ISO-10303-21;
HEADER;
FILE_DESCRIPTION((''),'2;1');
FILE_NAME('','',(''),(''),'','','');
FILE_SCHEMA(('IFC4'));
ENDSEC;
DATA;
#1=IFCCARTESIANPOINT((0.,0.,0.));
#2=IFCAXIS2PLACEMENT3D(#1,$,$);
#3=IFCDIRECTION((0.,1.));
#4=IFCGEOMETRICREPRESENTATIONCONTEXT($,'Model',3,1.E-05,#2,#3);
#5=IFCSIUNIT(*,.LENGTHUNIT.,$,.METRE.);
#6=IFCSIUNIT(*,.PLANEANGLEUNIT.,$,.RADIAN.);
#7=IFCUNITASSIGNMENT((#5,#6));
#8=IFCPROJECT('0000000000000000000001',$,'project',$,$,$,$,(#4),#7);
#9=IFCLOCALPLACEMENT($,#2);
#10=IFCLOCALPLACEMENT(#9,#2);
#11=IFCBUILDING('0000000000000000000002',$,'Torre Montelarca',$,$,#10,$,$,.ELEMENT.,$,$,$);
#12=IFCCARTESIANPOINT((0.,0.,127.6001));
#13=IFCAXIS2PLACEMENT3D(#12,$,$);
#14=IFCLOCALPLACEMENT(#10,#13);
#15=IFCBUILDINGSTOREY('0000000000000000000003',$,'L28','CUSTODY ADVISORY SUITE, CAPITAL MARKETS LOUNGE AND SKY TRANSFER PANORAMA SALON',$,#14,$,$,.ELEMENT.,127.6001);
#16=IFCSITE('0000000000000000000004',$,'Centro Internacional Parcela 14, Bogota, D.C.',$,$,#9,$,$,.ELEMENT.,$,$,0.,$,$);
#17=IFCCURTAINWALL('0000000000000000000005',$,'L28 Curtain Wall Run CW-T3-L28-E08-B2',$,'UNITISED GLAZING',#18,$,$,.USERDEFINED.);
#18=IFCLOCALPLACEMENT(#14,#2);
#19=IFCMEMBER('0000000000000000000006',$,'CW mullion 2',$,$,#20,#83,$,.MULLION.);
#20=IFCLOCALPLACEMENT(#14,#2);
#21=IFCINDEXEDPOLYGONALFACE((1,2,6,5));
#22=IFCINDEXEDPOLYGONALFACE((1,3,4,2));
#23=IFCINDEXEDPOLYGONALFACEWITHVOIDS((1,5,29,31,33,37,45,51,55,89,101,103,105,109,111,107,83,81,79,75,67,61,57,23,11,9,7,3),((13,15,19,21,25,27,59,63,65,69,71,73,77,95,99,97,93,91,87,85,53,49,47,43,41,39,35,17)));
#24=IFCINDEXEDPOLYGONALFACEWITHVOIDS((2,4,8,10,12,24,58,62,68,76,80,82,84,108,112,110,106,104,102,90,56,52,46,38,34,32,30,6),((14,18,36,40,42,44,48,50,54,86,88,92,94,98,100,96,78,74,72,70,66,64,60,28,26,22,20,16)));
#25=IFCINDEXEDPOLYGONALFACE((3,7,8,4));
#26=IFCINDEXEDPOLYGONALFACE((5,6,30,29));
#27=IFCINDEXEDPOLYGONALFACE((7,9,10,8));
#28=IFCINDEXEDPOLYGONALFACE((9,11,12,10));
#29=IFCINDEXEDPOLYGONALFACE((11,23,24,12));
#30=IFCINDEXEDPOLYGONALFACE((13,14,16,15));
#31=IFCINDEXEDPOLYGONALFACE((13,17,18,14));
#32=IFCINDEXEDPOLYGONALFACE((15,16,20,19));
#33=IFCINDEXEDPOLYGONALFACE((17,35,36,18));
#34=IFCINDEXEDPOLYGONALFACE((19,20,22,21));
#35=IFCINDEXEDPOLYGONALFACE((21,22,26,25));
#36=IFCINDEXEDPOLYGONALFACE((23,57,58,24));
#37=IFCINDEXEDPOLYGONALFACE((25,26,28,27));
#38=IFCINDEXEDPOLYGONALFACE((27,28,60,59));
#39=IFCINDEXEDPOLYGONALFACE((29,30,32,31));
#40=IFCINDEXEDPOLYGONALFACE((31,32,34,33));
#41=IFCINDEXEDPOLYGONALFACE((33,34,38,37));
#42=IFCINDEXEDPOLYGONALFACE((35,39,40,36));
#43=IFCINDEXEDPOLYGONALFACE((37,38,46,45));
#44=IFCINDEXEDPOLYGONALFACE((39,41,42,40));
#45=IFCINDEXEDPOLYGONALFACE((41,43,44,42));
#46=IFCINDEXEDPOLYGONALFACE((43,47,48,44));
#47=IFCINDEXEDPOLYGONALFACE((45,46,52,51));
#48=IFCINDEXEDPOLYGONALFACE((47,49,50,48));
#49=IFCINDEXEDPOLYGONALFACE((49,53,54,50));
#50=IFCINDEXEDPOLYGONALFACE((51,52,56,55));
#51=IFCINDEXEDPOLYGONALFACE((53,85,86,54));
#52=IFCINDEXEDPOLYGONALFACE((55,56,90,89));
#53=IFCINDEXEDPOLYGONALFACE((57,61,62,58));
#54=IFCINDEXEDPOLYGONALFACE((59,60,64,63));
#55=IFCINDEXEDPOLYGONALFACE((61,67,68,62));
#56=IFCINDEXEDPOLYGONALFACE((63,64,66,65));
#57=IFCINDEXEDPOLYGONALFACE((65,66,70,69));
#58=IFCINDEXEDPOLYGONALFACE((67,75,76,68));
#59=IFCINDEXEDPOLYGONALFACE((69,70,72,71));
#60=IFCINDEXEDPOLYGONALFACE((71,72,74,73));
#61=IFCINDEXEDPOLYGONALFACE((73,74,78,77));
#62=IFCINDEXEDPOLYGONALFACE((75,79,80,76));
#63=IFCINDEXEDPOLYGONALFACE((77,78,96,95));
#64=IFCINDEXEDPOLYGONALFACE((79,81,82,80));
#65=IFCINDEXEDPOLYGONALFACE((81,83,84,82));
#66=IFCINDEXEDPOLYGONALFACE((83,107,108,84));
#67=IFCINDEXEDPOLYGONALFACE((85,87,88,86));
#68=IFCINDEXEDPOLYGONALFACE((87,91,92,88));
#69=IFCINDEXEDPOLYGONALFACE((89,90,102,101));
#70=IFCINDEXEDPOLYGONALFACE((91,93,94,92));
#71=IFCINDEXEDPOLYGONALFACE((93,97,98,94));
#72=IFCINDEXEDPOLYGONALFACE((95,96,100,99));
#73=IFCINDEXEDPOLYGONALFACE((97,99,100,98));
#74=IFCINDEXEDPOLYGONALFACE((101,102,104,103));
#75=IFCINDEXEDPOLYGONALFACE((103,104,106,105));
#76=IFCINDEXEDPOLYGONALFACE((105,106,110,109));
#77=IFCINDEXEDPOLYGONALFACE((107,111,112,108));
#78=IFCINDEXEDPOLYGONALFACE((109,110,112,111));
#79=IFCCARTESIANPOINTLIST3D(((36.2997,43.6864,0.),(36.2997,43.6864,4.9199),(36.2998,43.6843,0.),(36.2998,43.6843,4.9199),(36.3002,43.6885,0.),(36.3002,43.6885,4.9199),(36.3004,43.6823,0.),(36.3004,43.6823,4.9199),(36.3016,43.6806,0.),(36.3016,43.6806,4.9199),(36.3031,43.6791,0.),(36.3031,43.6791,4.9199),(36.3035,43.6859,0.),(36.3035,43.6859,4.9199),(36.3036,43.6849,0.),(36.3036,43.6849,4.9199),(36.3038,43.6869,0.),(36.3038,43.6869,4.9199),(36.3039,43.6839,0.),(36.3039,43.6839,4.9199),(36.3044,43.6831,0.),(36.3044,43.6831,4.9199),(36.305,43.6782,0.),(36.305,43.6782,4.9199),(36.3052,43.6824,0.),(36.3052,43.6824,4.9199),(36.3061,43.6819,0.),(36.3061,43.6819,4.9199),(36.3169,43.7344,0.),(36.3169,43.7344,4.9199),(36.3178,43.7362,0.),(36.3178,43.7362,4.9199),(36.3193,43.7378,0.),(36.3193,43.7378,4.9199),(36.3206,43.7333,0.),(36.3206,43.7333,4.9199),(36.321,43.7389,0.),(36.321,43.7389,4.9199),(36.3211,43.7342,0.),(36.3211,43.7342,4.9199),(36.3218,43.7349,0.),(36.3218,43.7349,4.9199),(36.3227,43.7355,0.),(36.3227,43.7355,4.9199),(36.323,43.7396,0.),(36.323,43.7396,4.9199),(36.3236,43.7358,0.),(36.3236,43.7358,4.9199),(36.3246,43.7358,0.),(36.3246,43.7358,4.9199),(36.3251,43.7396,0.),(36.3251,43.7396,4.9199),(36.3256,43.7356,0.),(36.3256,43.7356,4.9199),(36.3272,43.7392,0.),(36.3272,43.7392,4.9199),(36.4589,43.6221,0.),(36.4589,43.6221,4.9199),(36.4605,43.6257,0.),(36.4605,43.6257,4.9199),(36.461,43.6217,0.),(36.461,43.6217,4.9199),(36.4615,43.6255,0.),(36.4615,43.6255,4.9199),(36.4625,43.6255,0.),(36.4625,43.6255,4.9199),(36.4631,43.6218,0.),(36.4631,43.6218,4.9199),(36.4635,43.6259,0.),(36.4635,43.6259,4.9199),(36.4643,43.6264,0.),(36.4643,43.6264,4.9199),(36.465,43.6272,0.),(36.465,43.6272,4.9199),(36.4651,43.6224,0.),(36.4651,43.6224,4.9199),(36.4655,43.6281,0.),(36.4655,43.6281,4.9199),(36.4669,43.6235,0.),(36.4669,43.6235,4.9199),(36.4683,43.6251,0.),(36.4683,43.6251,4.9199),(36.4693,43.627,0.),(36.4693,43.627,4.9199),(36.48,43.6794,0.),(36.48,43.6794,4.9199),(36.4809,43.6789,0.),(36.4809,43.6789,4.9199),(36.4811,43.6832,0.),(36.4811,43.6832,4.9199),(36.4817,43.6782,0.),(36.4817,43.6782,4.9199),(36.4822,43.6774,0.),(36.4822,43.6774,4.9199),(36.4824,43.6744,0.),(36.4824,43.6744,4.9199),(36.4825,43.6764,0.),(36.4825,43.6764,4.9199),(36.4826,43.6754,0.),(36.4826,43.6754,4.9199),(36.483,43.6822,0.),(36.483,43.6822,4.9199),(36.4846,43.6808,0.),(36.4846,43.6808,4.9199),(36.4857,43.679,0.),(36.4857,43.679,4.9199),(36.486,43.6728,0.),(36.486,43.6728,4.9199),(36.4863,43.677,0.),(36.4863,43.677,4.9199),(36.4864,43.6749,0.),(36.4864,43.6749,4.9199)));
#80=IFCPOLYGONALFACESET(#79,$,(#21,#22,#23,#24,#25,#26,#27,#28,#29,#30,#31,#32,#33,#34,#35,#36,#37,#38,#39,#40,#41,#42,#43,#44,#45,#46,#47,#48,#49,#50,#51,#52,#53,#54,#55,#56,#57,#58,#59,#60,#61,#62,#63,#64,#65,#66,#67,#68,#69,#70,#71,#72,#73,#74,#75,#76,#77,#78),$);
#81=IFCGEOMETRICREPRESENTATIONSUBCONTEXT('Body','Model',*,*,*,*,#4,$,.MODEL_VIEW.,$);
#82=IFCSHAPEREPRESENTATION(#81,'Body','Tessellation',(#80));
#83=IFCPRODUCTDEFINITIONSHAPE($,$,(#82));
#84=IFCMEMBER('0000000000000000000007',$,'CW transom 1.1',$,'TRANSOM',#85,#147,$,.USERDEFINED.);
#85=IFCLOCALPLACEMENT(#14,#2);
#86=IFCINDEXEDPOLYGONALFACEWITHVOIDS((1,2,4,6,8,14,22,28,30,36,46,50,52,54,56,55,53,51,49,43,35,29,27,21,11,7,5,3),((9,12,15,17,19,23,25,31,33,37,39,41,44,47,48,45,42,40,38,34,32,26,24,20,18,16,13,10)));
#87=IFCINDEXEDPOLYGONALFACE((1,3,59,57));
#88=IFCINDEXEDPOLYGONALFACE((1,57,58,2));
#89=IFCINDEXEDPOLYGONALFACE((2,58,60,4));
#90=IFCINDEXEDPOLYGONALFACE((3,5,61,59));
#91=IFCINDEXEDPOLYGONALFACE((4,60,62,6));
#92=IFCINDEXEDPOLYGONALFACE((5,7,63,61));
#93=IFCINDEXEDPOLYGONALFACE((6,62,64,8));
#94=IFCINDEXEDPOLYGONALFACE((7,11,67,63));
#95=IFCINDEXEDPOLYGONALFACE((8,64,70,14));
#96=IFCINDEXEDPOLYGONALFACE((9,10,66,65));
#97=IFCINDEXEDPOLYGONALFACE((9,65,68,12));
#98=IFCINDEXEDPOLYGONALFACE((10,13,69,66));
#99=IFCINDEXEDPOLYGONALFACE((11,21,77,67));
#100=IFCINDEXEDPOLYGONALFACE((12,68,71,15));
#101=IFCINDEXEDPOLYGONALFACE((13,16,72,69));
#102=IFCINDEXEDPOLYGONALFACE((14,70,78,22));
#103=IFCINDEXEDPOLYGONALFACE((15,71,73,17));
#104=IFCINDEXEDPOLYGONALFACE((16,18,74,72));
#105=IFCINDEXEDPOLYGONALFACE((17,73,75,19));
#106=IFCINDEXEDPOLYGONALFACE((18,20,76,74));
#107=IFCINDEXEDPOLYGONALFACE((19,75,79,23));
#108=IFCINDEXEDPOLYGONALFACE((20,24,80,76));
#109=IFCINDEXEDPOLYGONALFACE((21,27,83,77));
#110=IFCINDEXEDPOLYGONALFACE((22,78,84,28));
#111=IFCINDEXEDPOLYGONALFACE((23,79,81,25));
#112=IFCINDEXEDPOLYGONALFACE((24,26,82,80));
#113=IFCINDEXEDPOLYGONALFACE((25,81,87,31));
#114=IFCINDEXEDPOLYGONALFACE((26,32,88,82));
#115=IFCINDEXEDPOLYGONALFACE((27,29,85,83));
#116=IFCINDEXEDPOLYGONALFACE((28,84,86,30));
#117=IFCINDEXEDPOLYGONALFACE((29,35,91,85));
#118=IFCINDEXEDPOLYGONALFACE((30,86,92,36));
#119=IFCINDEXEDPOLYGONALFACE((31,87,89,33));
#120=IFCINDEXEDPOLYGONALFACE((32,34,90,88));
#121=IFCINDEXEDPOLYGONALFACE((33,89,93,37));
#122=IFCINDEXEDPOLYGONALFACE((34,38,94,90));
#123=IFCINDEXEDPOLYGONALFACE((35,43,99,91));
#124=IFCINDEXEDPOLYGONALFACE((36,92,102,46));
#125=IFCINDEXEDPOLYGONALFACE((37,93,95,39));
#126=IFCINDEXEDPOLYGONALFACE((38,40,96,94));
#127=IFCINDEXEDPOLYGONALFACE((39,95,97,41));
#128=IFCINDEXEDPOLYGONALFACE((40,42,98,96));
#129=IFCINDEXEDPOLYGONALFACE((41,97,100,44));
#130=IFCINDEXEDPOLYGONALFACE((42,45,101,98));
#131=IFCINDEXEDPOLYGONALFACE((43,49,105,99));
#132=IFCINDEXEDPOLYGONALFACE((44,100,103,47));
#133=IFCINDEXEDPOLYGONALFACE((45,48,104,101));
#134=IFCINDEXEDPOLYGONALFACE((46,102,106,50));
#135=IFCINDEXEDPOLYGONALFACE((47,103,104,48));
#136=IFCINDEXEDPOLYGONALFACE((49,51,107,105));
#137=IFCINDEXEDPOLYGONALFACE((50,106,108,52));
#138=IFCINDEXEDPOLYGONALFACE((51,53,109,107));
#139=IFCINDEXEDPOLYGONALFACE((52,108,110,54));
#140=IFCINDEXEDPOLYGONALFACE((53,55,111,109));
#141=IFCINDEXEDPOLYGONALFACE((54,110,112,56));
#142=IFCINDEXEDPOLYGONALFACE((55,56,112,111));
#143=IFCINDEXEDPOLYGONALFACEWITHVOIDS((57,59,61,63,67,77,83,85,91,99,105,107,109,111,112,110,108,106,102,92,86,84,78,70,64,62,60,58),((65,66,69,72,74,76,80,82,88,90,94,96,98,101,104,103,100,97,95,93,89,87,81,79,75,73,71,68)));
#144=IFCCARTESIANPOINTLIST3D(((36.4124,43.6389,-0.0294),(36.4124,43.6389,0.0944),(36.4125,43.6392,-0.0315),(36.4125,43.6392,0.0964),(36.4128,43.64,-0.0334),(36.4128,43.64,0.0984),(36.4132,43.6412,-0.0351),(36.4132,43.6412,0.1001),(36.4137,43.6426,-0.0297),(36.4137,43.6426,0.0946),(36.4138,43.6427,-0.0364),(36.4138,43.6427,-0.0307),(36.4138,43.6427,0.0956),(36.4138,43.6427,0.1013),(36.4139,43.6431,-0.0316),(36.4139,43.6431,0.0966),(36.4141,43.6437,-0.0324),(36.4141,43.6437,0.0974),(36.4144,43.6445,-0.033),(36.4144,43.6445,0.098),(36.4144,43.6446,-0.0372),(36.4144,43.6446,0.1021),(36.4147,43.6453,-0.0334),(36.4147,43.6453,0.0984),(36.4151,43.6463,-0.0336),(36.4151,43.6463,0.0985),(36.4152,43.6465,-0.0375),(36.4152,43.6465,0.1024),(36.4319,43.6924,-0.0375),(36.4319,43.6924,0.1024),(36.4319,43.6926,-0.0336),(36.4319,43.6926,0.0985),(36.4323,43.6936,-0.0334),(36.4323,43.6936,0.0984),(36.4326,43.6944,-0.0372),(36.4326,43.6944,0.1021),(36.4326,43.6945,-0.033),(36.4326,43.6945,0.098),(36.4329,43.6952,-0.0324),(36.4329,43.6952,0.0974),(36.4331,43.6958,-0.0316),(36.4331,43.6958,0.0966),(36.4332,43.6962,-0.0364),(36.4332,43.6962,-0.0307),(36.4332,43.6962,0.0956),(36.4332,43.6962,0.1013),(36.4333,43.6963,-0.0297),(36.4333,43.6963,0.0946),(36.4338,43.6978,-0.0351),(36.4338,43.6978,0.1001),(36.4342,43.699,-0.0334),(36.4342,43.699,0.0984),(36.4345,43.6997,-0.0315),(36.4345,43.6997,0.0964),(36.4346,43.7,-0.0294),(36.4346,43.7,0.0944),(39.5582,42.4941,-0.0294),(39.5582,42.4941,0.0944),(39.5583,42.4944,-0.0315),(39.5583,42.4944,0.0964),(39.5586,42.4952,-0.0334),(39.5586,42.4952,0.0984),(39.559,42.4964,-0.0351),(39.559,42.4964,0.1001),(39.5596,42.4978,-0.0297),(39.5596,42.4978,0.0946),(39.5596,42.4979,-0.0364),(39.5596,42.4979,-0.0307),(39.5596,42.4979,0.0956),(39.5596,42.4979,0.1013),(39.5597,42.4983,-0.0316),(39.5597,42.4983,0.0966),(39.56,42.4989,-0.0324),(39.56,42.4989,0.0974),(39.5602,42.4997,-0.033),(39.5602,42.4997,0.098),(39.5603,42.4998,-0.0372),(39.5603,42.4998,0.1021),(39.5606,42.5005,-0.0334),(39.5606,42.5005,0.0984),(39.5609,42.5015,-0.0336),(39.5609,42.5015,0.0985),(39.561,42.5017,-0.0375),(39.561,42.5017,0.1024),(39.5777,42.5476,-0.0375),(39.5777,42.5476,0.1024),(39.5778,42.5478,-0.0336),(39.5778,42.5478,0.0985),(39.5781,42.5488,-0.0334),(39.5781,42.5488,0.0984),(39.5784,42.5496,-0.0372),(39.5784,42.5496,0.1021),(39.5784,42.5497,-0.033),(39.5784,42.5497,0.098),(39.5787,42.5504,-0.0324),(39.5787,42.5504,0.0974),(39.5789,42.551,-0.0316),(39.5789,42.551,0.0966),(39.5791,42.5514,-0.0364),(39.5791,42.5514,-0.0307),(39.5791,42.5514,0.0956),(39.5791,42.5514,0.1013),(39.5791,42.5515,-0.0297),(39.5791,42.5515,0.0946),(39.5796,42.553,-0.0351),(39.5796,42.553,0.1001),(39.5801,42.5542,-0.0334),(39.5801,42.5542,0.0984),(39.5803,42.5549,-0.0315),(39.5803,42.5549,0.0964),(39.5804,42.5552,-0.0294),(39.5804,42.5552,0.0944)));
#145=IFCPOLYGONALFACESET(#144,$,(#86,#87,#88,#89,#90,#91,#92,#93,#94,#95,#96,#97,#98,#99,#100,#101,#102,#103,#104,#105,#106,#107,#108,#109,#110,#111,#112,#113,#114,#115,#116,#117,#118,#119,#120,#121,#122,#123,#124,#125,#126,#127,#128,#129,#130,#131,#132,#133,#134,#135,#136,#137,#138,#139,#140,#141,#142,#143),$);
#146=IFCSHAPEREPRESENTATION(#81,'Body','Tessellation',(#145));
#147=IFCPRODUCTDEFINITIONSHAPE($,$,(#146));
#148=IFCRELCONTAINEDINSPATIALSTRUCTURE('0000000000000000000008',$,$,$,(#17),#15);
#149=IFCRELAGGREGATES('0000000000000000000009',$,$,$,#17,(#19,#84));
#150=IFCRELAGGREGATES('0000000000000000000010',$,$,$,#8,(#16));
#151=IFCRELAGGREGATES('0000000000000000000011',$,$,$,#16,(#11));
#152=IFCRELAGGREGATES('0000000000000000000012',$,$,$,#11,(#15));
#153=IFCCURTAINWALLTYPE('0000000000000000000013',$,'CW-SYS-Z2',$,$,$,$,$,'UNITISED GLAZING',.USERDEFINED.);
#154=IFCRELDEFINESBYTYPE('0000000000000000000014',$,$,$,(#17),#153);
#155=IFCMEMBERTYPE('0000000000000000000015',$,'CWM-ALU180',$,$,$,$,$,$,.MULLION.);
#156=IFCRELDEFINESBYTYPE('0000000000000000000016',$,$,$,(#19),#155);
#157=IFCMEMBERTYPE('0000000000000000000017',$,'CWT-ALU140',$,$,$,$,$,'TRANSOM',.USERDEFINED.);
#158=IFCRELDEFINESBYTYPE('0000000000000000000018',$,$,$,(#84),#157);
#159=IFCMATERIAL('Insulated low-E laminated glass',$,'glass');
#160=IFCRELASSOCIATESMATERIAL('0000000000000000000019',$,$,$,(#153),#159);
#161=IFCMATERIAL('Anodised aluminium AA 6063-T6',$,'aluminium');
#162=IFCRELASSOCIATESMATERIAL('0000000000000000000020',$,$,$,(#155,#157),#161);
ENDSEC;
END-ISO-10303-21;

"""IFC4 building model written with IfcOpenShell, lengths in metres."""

from ifc_helpers import new_model, si_unit, direction, frame, origin, origin_2d, place, context, subcontext, project, spatial, hollow_rectangle, extrude, source, transform, mapped, material, material_profile, profile_set, type_object, element, aggregate, save


model = new_model("IFC4")

# Units and contexts
model_context = context("Model", 3, precision=1e-05, world=origin(), true_north=direction((0.0, 1.0)))
body_context = subcontext(model_context, "Body", "Model", "MODEL_VIEW")
ifc_project = project(units=[si_unit("LENGTHUNIT", "METRE"), si_unit("PLANEANGLEUNIT", "RADIAN")], contexts=[model_context])

# Site, building, storey
site_placement = place(None, origin())
site = spatial("IfcSite", under=ifc_project, at=site_placement, Name="Centro Internacional Parcela 14, Bogota, D.C.", CompositionType="ELEMENT", RefElevation=0.0)
building_placement = place(site_placement, origin())
building = spatial("IfcBuilding", under=site, at=building_placement, Name="Torre Montelarca", CompositionType="ELEMENT")
storey_placement = place(building_placement, frame((0.0, 0.0, 127.6001)))
storey = spatial("IfcBuildingStorey", under=building, at=storey_placement, Name="L28", Description="CUSTODY ADVISORY SUITE, CAPITAL MARKETS LOUNGE AND SKY TRANSFER PANORAMA SALON", CompositionType="ELEMENT", Elevation=127.6001)

# Curtain wall, members
ifc_material_1 = material(Name="Insulated low-E laminated glass", Category="glass")
curtain_wall_type = type_object("IfcCurtainWallType", Name="CW-SYS-Z2", ElementType="UNITISED GLAZING", PredefinedType="USERDEFINED", material=ifc_material_1)
curtain_wall_placement = place(storey_placement, origin())
curtain_wall = element("IfcCurtainWall", 1, at=curtain_wall_placement, inside=storey, type_object=curtain_wall_type, Name="L28 Curtain Wall Run CW-T3-L28-E08-B2", ObjectType="UNITISED GLAZING", PredefinedType="USERDEFINED")
ifc_material_2 = material(Name="Anodised aluminium AA 6063-T6", Category="aluminium")
ifc_material_profile_1 = material_profile(ifc_material_2, hollow_rectangle(XDim=0.0649, YDim=0.1799, WallThickness=0.0039, InnerFilletRadius=0.0039, OuterFilletRadius=0.0081, at=origin_2d()), Name="ALU65X180X4", Category="aluminium")
ifc_profile_set_1 = profile_set([ifc_material_profile_1], Name="Anodised aluminium AA 6063-T6")
member_type_1 = type_object("IfcMemberType", Name="CWM-ALU180", PredefinedType="MULLION", material=ifc_profile_set_1)
shared_shape_1 = source(origin(), body_context, "Body", "SweptSolid", [
    extrude(hollow_rectangle(XDim=0.0649, YDim=0.1799, WallThickness=0.0039, InnerFilletRadius=0.0039, OuterFilletRadius=0.0081, at=origin_2d()), origin(), (0.0, 0.0, 1.0), 4.9199),
])
member_1_placement = place(storey_placement, frame((36.3931, 43.6807, 0.0), z_axis=(0.0, 0.0, 1.0), x_axis=(-0.342017, -0.939694, 0.0)))
member_1 = element("IfcMember", 2, at=member_1_placement, type_object=member_type_1, Name="CW mullion 2", PredefinedType="MULLION", context=body_context, shape_type="MappedRepresentation", body=[
    mapped(shared_shape_1, transform((0.0, 0.0, 0.0), scale=1.0)),
])
ifc_material_profile_2 = material_profile(ifc_material_2, hollow_rectangle(XDim=0.0649, YDim=0.1399, WallThickness=0.0039, InnerFilletRadius=0.0039, OuterFilletRadius=0.0081, at=origin_2d()), Name="ALU65X140X4", Category="aluminium")
ifc_profile_set_2 = profile_set([ifc_material_profile_2], Name="Anodised aluminium AA 6063-T6")
member_type_2 = type_object("IfcMemberType", Name="CWT-ALU140", ElementType="TRANSOM", PredefinedType="USERDEFINED", material=ifc_profile_set_2)
shared_shape_2 = source(origin(), body_context, "Body", "SweptSolid", [
    extrude(hollow_rectangle(XDim=0.0649, YDim=0.1399, WallThickness=0.0039, InnerFilletRadius=0.0039, OuterFilletRadius=0.0081, at=origin_2d()), origin(), (0.0, 0.0, 1.0), 3.3477),
])
member_2_placement = place(storey_placement, frame((39.5693, 42.5247, 0.0325), z_axis=(-0.93971, 0.341971, 0.0), x_axis=(-0.341971, -0.93971, 0.0)))
member_2 = element("IfcMember", 3, at=member_2_placement, type_object=member_type_2, Name="CW transom 1.1", ObjectType="TRANSOM", PredefinedType="USERDEFINED", context=body_context, shape_type="MappedRepresentation", body=[
    mapped(shared_shape_2, transform((0.0, 0.0, 0.0), scale=1.0)),
])
aggregate(curtain_wall, [member_1, member_2])

save(model, "model.ifc")
